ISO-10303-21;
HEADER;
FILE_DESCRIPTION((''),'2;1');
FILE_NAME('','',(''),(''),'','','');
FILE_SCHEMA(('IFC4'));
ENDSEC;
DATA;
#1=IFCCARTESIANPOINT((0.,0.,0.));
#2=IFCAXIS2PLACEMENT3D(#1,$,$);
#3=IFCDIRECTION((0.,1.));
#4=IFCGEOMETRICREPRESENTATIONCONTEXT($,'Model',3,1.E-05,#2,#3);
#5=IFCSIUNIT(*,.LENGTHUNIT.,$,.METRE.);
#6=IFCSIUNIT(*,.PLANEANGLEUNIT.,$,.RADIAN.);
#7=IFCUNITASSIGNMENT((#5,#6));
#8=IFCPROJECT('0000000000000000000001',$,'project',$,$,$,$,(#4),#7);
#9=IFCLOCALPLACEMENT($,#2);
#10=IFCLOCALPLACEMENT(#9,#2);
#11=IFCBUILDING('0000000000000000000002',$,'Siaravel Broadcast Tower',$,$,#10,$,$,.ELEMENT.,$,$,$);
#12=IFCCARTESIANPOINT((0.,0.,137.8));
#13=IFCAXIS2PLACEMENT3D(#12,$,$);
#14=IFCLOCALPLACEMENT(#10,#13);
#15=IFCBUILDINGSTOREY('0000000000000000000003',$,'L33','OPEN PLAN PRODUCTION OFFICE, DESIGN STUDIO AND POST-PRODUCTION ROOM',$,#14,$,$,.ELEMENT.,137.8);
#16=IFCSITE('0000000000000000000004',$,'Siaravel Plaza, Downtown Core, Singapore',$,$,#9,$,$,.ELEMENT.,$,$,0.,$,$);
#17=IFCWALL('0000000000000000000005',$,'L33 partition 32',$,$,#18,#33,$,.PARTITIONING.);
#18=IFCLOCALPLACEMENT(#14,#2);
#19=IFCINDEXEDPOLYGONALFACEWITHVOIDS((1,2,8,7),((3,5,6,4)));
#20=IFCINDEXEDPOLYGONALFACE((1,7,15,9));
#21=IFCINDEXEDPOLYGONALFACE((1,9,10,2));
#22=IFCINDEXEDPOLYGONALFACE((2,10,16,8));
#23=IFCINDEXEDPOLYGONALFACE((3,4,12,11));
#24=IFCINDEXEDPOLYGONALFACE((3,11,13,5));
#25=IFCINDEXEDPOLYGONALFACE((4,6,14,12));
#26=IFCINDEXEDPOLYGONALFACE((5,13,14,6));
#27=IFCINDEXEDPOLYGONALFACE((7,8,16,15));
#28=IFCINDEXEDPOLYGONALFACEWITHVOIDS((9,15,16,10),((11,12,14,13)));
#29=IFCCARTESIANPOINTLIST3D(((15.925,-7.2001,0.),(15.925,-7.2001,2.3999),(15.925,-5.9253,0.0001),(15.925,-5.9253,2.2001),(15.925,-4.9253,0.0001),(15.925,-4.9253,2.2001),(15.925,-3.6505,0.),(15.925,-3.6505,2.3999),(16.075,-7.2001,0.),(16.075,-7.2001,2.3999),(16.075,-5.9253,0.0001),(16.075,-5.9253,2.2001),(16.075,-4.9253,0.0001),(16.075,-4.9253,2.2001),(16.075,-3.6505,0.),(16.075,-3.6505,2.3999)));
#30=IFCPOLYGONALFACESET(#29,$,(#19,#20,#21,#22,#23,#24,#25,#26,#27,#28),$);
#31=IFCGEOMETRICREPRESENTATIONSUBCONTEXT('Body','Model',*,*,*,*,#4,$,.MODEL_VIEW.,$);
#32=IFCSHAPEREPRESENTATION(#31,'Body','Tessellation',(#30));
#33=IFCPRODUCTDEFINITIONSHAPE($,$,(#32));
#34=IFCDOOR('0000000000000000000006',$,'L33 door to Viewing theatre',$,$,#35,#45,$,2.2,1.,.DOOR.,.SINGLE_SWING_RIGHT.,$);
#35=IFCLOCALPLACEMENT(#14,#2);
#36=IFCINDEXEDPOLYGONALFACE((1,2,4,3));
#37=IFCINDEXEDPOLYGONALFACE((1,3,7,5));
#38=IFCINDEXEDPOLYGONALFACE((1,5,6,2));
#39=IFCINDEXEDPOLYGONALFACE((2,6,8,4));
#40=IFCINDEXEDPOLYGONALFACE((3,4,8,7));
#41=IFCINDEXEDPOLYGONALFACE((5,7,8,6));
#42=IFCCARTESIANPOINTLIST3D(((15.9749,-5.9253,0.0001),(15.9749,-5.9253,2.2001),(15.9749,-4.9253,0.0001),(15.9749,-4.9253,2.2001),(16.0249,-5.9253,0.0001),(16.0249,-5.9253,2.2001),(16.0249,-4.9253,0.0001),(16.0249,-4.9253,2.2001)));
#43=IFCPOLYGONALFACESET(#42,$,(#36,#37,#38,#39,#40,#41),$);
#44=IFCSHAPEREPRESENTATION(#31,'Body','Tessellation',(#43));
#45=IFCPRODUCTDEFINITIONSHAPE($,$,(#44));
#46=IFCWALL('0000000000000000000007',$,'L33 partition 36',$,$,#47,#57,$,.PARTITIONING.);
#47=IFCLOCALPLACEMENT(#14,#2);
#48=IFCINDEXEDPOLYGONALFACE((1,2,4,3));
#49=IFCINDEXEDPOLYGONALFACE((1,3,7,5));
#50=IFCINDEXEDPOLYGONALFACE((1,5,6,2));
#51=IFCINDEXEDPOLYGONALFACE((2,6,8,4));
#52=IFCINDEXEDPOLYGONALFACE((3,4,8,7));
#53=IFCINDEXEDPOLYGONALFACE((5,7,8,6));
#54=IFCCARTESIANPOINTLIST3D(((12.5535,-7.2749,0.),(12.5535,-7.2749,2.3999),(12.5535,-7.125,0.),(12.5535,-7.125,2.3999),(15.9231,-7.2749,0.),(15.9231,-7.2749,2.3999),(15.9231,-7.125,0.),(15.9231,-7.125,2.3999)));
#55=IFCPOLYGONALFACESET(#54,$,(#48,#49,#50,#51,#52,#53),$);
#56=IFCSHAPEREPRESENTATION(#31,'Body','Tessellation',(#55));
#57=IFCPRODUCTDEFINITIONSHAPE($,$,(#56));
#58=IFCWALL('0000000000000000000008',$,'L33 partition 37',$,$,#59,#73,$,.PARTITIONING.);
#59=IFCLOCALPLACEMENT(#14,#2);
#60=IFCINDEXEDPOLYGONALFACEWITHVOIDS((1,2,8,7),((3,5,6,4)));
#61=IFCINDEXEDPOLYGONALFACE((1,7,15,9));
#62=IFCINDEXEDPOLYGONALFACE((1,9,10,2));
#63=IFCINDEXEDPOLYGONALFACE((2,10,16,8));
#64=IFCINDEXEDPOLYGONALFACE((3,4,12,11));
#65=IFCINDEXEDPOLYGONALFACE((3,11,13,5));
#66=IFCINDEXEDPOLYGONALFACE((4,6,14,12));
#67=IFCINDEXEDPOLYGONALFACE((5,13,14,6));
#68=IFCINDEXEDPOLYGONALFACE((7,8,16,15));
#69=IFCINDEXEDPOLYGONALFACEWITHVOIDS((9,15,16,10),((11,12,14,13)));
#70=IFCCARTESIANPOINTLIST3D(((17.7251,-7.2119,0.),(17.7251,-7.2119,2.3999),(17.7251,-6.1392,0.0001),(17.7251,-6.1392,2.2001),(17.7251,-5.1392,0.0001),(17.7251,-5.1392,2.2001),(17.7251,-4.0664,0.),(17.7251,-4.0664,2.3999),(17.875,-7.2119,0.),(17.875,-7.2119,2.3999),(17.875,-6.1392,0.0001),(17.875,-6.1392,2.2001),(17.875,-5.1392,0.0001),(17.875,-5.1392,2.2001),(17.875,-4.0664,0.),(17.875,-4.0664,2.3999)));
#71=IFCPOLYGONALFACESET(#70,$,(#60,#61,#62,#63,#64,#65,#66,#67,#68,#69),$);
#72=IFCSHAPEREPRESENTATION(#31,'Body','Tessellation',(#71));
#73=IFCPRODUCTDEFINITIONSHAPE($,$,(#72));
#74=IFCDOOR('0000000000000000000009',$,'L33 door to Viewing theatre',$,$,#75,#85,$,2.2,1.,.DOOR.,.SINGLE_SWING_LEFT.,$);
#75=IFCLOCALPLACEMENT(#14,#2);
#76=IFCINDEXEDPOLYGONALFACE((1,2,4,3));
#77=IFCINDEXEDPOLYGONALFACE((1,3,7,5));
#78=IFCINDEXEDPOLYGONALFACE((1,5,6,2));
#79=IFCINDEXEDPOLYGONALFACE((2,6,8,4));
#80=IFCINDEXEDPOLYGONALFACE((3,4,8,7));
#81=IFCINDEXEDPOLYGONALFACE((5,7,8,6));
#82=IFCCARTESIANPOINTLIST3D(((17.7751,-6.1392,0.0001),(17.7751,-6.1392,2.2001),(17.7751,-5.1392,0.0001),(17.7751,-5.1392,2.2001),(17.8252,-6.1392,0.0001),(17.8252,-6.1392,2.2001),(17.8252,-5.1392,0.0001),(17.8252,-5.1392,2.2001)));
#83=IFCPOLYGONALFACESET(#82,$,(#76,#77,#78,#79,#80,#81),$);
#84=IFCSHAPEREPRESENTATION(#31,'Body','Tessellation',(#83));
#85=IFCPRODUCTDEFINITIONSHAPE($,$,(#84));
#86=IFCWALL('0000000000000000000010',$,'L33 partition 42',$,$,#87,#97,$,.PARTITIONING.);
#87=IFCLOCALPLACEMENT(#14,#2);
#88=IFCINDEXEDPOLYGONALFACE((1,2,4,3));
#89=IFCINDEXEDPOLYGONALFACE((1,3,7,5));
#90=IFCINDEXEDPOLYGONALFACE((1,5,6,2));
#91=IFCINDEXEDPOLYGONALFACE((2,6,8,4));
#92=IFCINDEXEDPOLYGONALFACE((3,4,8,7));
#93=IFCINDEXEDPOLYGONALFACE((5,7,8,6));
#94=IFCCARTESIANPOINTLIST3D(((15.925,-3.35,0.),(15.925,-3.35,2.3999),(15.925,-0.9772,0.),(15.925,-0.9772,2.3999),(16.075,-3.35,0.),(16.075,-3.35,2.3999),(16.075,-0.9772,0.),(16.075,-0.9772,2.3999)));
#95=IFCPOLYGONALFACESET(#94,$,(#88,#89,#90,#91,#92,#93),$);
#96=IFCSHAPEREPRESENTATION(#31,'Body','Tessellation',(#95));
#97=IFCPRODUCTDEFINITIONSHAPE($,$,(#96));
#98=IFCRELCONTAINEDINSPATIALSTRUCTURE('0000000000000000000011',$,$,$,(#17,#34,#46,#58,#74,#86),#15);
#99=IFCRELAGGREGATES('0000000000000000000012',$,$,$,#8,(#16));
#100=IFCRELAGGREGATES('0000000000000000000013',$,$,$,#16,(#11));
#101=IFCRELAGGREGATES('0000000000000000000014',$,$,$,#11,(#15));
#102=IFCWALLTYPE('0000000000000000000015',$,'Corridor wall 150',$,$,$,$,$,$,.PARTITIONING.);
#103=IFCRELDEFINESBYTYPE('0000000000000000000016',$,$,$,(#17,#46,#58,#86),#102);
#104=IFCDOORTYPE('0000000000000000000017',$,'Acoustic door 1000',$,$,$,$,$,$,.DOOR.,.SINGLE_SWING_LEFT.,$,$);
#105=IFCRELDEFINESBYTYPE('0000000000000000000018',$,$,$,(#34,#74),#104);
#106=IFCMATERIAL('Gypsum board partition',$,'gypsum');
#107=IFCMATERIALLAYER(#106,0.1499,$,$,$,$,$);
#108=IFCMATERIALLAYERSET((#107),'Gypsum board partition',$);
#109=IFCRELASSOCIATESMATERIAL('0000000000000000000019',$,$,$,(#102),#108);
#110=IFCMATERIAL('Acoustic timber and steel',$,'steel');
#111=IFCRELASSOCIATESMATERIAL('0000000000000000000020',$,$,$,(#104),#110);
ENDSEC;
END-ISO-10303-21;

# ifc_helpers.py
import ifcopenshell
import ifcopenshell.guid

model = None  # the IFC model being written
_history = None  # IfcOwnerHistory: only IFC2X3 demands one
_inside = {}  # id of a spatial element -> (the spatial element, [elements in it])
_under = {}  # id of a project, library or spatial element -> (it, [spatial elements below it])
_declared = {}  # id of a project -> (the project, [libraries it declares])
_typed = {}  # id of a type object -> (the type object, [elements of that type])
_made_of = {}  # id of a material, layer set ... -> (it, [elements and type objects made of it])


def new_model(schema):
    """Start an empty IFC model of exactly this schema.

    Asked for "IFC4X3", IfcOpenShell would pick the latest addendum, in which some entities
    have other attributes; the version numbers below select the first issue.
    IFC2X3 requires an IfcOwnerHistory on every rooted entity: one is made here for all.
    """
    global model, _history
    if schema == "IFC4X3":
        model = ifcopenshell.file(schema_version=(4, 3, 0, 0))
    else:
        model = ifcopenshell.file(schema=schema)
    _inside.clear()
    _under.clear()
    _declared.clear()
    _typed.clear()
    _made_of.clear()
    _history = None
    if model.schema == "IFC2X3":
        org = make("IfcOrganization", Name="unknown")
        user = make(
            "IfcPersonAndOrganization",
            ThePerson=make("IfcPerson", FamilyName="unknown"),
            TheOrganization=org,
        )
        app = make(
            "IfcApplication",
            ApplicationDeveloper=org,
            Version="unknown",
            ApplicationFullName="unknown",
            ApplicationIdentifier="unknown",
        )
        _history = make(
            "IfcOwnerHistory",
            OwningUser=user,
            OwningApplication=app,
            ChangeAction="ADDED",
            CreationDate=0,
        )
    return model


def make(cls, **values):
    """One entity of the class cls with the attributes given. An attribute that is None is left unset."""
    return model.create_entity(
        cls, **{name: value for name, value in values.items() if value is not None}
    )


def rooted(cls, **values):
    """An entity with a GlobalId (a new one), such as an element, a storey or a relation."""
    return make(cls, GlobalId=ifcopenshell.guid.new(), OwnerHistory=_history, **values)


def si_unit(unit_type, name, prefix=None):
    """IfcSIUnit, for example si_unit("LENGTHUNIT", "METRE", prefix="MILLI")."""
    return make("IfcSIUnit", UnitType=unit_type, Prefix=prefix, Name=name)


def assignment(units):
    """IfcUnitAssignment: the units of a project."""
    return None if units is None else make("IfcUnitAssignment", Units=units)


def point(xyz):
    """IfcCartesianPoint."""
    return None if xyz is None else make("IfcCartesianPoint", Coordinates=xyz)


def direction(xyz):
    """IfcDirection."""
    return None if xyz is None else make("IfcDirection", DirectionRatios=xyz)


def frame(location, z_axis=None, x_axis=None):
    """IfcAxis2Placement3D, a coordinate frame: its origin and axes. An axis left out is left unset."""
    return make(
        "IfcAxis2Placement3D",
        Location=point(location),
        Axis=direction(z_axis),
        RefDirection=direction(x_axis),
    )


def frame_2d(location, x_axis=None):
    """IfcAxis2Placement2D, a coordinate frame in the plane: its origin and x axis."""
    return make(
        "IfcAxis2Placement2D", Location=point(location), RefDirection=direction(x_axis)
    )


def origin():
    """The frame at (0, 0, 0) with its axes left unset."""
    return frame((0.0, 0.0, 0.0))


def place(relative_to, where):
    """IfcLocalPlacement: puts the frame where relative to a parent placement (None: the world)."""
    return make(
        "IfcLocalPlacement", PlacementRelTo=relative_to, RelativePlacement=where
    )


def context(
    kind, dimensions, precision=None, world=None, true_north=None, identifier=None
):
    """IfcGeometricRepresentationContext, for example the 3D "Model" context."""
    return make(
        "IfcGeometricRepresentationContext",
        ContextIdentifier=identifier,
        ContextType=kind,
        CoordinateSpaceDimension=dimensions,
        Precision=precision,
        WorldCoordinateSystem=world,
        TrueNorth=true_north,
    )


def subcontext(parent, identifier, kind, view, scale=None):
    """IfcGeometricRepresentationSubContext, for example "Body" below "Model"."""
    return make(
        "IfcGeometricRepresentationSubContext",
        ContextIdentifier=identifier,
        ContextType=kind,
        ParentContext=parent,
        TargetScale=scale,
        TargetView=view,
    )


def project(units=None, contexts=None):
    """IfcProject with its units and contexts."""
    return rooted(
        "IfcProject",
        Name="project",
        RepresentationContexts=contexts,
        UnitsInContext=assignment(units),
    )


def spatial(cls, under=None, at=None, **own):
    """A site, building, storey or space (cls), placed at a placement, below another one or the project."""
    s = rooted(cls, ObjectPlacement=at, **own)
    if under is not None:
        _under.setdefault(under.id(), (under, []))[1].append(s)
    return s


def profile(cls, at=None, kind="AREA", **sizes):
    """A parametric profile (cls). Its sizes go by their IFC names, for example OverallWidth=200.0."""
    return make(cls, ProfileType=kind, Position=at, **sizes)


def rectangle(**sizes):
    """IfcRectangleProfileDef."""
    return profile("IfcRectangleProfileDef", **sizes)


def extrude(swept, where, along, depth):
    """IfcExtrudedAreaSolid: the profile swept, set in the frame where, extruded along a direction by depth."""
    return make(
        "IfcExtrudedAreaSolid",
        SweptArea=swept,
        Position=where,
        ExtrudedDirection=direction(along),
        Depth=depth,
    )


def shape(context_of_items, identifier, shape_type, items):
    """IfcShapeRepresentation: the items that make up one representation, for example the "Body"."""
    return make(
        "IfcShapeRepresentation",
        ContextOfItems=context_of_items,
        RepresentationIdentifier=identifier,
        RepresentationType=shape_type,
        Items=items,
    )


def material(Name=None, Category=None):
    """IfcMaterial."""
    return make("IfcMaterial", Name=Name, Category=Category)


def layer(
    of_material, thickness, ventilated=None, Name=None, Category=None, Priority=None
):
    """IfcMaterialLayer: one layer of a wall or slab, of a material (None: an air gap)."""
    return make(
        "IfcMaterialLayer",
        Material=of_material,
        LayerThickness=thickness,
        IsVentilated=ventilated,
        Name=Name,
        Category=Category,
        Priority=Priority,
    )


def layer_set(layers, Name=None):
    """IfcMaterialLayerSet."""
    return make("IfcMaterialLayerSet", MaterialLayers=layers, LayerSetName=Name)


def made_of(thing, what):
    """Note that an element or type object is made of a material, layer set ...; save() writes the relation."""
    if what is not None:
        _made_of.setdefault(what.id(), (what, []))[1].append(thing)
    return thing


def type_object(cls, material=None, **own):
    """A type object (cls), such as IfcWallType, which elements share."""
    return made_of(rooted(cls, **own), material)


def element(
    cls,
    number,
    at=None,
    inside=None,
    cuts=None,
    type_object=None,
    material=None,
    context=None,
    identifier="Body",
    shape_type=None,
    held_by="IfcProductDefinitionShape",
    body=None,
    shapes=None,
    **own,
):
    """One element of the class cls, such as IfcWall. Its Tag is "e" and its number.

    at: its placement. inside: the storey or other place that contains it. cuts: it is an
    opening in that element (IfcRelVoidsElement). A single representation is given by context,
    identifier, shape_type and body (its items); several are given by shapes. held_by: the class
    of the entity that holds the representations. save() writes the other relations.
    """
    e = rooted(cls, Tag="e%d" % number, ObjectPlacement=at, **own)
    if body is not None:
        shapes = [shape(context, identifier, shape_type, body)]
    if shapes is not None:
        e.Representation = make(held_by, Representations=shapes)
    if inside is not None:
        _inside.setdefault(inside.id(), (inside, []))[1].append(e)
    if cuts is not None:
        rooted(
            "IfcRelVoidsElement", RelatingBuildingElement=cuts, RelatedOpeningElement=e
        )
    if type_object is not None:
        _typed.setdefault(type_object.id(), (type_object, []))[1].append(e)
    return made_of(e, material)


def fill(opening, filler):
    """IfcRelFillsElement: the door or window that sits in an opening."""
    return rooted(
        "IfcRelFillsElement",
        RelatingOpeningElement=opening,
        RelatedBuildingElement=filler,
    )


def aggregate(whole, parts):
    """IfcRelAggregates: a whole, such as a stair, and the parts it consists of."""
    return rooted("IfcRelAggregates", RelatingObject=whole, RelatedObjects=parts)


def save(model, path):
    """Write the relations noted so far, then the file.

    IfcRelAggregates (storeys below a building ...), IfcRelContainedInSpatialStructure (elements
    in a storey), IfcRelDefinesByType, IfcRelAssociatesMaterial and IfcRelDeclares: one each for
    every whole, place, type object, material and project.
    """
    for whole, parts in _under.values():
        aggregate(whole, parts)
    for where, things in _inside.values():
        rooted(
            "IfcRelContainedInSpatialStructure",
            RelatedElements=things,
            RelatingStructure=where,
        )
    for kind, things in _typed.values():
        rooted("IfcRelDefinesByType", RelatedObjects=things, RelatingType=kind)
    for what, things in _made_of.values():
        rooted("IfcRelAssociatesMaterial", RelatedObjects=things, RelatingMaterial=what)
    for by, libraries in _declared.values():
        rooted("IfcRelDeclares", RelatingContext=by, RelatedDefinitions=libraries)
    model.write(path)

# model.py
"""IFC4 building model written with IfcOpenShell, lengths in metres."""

from ifc_helpers import new_model, si_unit, direction, frame, frame_2d, origin, place, context, subcontext, project, spatial, rectangle, extrude, material, layer, layer_set, type_object, element, fill, save


model = new_model("IFC4")

# Units and contexts
model_context = context("Model", 3, precision=1e-05, world=origin(), true_north=direction((0.0, 1.0)))
body_context = subcontext(model_context, "Body", "Model", "MODEL_VIEW")
ifc_project = project(units=[si_unit("LENGTHUNIT", "METRE"), si_unit("PLANEANGLEUNIT", "RADIAN")], contexts=[model_context])

# Site, building, storey
site_placement = place(None, origin())
site = spatial("IfcSite", under=ifc_project, at=site_placement, Name="Siaravel Plaza, Downtown Core, Singapore", CompositionType="ELEMENT", RefElevation=0.0)
building_placement = place(site_placement, origin())
building = spatial("IfcBuilding", under=site, at=building_placement, Name="Siaravel Broadcast Tower", CompositionType="ELEMENT")
storey_placement = place(building_placement, frame((0.0, 0.0, 137.8)))
storey = spatial("IfcBuildingStorey", under=building, at=storey_placement, Name="L33", Description="OPEN PLAN PRODUCTION OFFICE, DESIGN STUDIO AND POST-PRODUCTION ROOM", CompositionType="ELEMENT", Elevation=137.8)

# Wall, opening, door
ifc_material_1 = material(Name="Gypsum board partition", Category="gypsum")
ifc_layer_1 = layer(ifc_material_1, 0.1499)
ifc_layer_set_1 = layer_set([ifc_layer_1], Name="Gypsum board partition")
wall_type_1 = type_object("IfcWallType", Name="Corridor wall 150", PredefinedType="PARTITIONING", material=ifc_layer_set_1)
wall_1_placement = place(storey_placement, frame((16.0, -3.6504, 0.0), z_axis=(0.0, 0.0, 1.0), x_axis=(0.0, -1.0, 0.0)))
wall_1 = element("IfcWall", 1, at=wall_1_placement, inside=storey, type_object=wall_type_1, Name="L33 partition 32", PredefinedType="PARTITIONING", context=body_context, shape_type="SweptSolid", body=[
    extrude(rectangle(XDim=3.5496, YDim=0.1499, at=frame_2d((1.7749, 0.0))), origin(), (0.0, 0.0, 1.0), 2.3999),
])
opening_1_placement = place(wall_1_placement, frame((1.2749, 0.0, 0.0)))
opening_1 = element("IfcOpeningElement", 2, at=opening_1_placement, cuts=wall_1, PredefinedType="OPENING", context=body_context, shape_type="SweptSolid", body=[
    extrude(rectangle(XDim=1.0, YDim=2.2, at=frame_2d((0.5, 1.1001))), frame((0.0, 0.085, 0.0), z_axis=(0.0, -1.0, 0.0), x_axis=(1.0, 0.0, 0.0)), (0.0, 0.0, 1.0), 0.1699),
])
ifc_material_2 = material(Name="Acoustic timber and steel", Category="steel")
door_type_1 = type_object("IfcDoorType", Name="Acoustic door 1000", OperationType="SINGLE_SWING_LEFT", PredefinedType="DOOR", material=ifc_material_2)
door_1_placement = place(opening_1_placement, origin())
door_1 = element("IfcDoor", 3, at=door_1_placement, inside=storey, type_object=door_type_1, Name="L33 door to Viewing theatre", OperationType="SINGLE_SWING_RIGHT", OverallHeight=2.2, OverallWidth=1.0, PredefinedType="DOOR", context=body_context, shape_type="SweptSolid", body=[
    extrude(rectangle(XDim=1.0, YDim=2.2, at=frame_2d((0.5, 1.1001))), frame((0.0, 0.0249, 0.0), z_axis=(0.0, -1.0, 0.0), x_axis=(1.0, 0.0, 0.0)), (0.0, 0.0, 1.0), 0.05),
])
fill(opening_1, door_1)

# Wall
wall_2_placement = place(storey_placement, frame((15.9231, -7.2, 0.0), z_axis=(0.0, 0.0, 1.0), x_axis=(-1.0, 0.0, 0.0)))
element("IfcWall", 4, at=wall_2_placement, inside=storey, type_object=wall_type_1, Name="L33 partition 36", PredefinedType="PARTITIONING", context=body_context, shape_type="SweptSolid", body=[
    extrude(rectangle(XDim=3.3696, YDim=0.1499, at=frame_2d((1.6848, 0.0))), origin(), (0.0, 0.0, 1.0), 2.3999),
])

# Wall, opening, door
wall_3_placement = place(storey_placement, frame((17.8, -7.2119, 0.0), z_axis=(0.0, 0.0, 1.0), x_axis=(0.0, 1.0, 0.0)))
wall_3 = element("IfcWall", 5, at=wall_3_placement, inside=storey, type_object=wall_type_1, Name="L33 partition 37", PredefinedType="PARTITIONING", context=body_context, shape_type="SweptSolid", body=[
    extrude(rectangle(XDim=3.1455, YDim=0.1499, at=frame_2d((1.5728, 0.0))), origin(), (0.0, 0.0, 1.0), 2.3999),
])
opening_2_placement = place(wall_3_placement, frame((1.0728, 0.0, 0.0)))
opening_2 = element("IfcOpeningElement", 6, at=opening_2_placement, cuts=wall_3, PredefinedType="OPENING", context=body_context, shape_type="SweptSolid", body=[
    extrude(rectangle(XDim=1.0, YDim=2.2, at=frame_2d((0.5, 1.1001))), frame((0.0, 0.085, 0.0), z_axis=(0.0, -1.0, 0.0), x_axis=(1.0, 0.0, 0.0)), (0.0, 0.0, 1.0), 0.1699),
])
door_2_placement = place(opening_2_placement, origin())
door_2 = element("IfcDoor", 7, at=door_2_placement, inside=storey, type_object=door_type_1, Name="L33 door to Viewing theatre", OperationType="SINGLE_SWING_LEFT", OverallHeight=2.2, OverallWidth=1.0, PredefinedType="DOOR", context=body_context, shape_type="SweptSolid", body=[
    extrude(rectangle(XDim=1.0, YDim=2.2, at=frame_2d((0.5, 1.1001))), frame((0.0, 0.0249, 0.0), z_axis=(0.0, -1.0, 0.0), x_axis=(1.0, 0.0, 0.0)), (0.0, 0.0, 1.0), 0.05),
])
fill(opening_2, door_2)

# Wall
wall_4_placement = place(storey_placement, frame((16.0, -0.9771, 0.0), z_axis=(0.0, 0.0, 1.0), x_axis=(0.0, -1.0, 0.0)))
element("IfcWall", 8, at=wall_4_placement, inside=storey, type_object=wall_type_1, Name="L33 partition 42", PredefinedType="PARTITIONING", context=body_context, shape_type="SweptSolid", body=[
    extrude(rectangle(XDim=2.3728, YDim=0.1499, at=frame_2d((1.1865, 0.0))), origin(), (0.0, 0.0, 1.0), 2.3999),
])

save(model, "model.ifc")
